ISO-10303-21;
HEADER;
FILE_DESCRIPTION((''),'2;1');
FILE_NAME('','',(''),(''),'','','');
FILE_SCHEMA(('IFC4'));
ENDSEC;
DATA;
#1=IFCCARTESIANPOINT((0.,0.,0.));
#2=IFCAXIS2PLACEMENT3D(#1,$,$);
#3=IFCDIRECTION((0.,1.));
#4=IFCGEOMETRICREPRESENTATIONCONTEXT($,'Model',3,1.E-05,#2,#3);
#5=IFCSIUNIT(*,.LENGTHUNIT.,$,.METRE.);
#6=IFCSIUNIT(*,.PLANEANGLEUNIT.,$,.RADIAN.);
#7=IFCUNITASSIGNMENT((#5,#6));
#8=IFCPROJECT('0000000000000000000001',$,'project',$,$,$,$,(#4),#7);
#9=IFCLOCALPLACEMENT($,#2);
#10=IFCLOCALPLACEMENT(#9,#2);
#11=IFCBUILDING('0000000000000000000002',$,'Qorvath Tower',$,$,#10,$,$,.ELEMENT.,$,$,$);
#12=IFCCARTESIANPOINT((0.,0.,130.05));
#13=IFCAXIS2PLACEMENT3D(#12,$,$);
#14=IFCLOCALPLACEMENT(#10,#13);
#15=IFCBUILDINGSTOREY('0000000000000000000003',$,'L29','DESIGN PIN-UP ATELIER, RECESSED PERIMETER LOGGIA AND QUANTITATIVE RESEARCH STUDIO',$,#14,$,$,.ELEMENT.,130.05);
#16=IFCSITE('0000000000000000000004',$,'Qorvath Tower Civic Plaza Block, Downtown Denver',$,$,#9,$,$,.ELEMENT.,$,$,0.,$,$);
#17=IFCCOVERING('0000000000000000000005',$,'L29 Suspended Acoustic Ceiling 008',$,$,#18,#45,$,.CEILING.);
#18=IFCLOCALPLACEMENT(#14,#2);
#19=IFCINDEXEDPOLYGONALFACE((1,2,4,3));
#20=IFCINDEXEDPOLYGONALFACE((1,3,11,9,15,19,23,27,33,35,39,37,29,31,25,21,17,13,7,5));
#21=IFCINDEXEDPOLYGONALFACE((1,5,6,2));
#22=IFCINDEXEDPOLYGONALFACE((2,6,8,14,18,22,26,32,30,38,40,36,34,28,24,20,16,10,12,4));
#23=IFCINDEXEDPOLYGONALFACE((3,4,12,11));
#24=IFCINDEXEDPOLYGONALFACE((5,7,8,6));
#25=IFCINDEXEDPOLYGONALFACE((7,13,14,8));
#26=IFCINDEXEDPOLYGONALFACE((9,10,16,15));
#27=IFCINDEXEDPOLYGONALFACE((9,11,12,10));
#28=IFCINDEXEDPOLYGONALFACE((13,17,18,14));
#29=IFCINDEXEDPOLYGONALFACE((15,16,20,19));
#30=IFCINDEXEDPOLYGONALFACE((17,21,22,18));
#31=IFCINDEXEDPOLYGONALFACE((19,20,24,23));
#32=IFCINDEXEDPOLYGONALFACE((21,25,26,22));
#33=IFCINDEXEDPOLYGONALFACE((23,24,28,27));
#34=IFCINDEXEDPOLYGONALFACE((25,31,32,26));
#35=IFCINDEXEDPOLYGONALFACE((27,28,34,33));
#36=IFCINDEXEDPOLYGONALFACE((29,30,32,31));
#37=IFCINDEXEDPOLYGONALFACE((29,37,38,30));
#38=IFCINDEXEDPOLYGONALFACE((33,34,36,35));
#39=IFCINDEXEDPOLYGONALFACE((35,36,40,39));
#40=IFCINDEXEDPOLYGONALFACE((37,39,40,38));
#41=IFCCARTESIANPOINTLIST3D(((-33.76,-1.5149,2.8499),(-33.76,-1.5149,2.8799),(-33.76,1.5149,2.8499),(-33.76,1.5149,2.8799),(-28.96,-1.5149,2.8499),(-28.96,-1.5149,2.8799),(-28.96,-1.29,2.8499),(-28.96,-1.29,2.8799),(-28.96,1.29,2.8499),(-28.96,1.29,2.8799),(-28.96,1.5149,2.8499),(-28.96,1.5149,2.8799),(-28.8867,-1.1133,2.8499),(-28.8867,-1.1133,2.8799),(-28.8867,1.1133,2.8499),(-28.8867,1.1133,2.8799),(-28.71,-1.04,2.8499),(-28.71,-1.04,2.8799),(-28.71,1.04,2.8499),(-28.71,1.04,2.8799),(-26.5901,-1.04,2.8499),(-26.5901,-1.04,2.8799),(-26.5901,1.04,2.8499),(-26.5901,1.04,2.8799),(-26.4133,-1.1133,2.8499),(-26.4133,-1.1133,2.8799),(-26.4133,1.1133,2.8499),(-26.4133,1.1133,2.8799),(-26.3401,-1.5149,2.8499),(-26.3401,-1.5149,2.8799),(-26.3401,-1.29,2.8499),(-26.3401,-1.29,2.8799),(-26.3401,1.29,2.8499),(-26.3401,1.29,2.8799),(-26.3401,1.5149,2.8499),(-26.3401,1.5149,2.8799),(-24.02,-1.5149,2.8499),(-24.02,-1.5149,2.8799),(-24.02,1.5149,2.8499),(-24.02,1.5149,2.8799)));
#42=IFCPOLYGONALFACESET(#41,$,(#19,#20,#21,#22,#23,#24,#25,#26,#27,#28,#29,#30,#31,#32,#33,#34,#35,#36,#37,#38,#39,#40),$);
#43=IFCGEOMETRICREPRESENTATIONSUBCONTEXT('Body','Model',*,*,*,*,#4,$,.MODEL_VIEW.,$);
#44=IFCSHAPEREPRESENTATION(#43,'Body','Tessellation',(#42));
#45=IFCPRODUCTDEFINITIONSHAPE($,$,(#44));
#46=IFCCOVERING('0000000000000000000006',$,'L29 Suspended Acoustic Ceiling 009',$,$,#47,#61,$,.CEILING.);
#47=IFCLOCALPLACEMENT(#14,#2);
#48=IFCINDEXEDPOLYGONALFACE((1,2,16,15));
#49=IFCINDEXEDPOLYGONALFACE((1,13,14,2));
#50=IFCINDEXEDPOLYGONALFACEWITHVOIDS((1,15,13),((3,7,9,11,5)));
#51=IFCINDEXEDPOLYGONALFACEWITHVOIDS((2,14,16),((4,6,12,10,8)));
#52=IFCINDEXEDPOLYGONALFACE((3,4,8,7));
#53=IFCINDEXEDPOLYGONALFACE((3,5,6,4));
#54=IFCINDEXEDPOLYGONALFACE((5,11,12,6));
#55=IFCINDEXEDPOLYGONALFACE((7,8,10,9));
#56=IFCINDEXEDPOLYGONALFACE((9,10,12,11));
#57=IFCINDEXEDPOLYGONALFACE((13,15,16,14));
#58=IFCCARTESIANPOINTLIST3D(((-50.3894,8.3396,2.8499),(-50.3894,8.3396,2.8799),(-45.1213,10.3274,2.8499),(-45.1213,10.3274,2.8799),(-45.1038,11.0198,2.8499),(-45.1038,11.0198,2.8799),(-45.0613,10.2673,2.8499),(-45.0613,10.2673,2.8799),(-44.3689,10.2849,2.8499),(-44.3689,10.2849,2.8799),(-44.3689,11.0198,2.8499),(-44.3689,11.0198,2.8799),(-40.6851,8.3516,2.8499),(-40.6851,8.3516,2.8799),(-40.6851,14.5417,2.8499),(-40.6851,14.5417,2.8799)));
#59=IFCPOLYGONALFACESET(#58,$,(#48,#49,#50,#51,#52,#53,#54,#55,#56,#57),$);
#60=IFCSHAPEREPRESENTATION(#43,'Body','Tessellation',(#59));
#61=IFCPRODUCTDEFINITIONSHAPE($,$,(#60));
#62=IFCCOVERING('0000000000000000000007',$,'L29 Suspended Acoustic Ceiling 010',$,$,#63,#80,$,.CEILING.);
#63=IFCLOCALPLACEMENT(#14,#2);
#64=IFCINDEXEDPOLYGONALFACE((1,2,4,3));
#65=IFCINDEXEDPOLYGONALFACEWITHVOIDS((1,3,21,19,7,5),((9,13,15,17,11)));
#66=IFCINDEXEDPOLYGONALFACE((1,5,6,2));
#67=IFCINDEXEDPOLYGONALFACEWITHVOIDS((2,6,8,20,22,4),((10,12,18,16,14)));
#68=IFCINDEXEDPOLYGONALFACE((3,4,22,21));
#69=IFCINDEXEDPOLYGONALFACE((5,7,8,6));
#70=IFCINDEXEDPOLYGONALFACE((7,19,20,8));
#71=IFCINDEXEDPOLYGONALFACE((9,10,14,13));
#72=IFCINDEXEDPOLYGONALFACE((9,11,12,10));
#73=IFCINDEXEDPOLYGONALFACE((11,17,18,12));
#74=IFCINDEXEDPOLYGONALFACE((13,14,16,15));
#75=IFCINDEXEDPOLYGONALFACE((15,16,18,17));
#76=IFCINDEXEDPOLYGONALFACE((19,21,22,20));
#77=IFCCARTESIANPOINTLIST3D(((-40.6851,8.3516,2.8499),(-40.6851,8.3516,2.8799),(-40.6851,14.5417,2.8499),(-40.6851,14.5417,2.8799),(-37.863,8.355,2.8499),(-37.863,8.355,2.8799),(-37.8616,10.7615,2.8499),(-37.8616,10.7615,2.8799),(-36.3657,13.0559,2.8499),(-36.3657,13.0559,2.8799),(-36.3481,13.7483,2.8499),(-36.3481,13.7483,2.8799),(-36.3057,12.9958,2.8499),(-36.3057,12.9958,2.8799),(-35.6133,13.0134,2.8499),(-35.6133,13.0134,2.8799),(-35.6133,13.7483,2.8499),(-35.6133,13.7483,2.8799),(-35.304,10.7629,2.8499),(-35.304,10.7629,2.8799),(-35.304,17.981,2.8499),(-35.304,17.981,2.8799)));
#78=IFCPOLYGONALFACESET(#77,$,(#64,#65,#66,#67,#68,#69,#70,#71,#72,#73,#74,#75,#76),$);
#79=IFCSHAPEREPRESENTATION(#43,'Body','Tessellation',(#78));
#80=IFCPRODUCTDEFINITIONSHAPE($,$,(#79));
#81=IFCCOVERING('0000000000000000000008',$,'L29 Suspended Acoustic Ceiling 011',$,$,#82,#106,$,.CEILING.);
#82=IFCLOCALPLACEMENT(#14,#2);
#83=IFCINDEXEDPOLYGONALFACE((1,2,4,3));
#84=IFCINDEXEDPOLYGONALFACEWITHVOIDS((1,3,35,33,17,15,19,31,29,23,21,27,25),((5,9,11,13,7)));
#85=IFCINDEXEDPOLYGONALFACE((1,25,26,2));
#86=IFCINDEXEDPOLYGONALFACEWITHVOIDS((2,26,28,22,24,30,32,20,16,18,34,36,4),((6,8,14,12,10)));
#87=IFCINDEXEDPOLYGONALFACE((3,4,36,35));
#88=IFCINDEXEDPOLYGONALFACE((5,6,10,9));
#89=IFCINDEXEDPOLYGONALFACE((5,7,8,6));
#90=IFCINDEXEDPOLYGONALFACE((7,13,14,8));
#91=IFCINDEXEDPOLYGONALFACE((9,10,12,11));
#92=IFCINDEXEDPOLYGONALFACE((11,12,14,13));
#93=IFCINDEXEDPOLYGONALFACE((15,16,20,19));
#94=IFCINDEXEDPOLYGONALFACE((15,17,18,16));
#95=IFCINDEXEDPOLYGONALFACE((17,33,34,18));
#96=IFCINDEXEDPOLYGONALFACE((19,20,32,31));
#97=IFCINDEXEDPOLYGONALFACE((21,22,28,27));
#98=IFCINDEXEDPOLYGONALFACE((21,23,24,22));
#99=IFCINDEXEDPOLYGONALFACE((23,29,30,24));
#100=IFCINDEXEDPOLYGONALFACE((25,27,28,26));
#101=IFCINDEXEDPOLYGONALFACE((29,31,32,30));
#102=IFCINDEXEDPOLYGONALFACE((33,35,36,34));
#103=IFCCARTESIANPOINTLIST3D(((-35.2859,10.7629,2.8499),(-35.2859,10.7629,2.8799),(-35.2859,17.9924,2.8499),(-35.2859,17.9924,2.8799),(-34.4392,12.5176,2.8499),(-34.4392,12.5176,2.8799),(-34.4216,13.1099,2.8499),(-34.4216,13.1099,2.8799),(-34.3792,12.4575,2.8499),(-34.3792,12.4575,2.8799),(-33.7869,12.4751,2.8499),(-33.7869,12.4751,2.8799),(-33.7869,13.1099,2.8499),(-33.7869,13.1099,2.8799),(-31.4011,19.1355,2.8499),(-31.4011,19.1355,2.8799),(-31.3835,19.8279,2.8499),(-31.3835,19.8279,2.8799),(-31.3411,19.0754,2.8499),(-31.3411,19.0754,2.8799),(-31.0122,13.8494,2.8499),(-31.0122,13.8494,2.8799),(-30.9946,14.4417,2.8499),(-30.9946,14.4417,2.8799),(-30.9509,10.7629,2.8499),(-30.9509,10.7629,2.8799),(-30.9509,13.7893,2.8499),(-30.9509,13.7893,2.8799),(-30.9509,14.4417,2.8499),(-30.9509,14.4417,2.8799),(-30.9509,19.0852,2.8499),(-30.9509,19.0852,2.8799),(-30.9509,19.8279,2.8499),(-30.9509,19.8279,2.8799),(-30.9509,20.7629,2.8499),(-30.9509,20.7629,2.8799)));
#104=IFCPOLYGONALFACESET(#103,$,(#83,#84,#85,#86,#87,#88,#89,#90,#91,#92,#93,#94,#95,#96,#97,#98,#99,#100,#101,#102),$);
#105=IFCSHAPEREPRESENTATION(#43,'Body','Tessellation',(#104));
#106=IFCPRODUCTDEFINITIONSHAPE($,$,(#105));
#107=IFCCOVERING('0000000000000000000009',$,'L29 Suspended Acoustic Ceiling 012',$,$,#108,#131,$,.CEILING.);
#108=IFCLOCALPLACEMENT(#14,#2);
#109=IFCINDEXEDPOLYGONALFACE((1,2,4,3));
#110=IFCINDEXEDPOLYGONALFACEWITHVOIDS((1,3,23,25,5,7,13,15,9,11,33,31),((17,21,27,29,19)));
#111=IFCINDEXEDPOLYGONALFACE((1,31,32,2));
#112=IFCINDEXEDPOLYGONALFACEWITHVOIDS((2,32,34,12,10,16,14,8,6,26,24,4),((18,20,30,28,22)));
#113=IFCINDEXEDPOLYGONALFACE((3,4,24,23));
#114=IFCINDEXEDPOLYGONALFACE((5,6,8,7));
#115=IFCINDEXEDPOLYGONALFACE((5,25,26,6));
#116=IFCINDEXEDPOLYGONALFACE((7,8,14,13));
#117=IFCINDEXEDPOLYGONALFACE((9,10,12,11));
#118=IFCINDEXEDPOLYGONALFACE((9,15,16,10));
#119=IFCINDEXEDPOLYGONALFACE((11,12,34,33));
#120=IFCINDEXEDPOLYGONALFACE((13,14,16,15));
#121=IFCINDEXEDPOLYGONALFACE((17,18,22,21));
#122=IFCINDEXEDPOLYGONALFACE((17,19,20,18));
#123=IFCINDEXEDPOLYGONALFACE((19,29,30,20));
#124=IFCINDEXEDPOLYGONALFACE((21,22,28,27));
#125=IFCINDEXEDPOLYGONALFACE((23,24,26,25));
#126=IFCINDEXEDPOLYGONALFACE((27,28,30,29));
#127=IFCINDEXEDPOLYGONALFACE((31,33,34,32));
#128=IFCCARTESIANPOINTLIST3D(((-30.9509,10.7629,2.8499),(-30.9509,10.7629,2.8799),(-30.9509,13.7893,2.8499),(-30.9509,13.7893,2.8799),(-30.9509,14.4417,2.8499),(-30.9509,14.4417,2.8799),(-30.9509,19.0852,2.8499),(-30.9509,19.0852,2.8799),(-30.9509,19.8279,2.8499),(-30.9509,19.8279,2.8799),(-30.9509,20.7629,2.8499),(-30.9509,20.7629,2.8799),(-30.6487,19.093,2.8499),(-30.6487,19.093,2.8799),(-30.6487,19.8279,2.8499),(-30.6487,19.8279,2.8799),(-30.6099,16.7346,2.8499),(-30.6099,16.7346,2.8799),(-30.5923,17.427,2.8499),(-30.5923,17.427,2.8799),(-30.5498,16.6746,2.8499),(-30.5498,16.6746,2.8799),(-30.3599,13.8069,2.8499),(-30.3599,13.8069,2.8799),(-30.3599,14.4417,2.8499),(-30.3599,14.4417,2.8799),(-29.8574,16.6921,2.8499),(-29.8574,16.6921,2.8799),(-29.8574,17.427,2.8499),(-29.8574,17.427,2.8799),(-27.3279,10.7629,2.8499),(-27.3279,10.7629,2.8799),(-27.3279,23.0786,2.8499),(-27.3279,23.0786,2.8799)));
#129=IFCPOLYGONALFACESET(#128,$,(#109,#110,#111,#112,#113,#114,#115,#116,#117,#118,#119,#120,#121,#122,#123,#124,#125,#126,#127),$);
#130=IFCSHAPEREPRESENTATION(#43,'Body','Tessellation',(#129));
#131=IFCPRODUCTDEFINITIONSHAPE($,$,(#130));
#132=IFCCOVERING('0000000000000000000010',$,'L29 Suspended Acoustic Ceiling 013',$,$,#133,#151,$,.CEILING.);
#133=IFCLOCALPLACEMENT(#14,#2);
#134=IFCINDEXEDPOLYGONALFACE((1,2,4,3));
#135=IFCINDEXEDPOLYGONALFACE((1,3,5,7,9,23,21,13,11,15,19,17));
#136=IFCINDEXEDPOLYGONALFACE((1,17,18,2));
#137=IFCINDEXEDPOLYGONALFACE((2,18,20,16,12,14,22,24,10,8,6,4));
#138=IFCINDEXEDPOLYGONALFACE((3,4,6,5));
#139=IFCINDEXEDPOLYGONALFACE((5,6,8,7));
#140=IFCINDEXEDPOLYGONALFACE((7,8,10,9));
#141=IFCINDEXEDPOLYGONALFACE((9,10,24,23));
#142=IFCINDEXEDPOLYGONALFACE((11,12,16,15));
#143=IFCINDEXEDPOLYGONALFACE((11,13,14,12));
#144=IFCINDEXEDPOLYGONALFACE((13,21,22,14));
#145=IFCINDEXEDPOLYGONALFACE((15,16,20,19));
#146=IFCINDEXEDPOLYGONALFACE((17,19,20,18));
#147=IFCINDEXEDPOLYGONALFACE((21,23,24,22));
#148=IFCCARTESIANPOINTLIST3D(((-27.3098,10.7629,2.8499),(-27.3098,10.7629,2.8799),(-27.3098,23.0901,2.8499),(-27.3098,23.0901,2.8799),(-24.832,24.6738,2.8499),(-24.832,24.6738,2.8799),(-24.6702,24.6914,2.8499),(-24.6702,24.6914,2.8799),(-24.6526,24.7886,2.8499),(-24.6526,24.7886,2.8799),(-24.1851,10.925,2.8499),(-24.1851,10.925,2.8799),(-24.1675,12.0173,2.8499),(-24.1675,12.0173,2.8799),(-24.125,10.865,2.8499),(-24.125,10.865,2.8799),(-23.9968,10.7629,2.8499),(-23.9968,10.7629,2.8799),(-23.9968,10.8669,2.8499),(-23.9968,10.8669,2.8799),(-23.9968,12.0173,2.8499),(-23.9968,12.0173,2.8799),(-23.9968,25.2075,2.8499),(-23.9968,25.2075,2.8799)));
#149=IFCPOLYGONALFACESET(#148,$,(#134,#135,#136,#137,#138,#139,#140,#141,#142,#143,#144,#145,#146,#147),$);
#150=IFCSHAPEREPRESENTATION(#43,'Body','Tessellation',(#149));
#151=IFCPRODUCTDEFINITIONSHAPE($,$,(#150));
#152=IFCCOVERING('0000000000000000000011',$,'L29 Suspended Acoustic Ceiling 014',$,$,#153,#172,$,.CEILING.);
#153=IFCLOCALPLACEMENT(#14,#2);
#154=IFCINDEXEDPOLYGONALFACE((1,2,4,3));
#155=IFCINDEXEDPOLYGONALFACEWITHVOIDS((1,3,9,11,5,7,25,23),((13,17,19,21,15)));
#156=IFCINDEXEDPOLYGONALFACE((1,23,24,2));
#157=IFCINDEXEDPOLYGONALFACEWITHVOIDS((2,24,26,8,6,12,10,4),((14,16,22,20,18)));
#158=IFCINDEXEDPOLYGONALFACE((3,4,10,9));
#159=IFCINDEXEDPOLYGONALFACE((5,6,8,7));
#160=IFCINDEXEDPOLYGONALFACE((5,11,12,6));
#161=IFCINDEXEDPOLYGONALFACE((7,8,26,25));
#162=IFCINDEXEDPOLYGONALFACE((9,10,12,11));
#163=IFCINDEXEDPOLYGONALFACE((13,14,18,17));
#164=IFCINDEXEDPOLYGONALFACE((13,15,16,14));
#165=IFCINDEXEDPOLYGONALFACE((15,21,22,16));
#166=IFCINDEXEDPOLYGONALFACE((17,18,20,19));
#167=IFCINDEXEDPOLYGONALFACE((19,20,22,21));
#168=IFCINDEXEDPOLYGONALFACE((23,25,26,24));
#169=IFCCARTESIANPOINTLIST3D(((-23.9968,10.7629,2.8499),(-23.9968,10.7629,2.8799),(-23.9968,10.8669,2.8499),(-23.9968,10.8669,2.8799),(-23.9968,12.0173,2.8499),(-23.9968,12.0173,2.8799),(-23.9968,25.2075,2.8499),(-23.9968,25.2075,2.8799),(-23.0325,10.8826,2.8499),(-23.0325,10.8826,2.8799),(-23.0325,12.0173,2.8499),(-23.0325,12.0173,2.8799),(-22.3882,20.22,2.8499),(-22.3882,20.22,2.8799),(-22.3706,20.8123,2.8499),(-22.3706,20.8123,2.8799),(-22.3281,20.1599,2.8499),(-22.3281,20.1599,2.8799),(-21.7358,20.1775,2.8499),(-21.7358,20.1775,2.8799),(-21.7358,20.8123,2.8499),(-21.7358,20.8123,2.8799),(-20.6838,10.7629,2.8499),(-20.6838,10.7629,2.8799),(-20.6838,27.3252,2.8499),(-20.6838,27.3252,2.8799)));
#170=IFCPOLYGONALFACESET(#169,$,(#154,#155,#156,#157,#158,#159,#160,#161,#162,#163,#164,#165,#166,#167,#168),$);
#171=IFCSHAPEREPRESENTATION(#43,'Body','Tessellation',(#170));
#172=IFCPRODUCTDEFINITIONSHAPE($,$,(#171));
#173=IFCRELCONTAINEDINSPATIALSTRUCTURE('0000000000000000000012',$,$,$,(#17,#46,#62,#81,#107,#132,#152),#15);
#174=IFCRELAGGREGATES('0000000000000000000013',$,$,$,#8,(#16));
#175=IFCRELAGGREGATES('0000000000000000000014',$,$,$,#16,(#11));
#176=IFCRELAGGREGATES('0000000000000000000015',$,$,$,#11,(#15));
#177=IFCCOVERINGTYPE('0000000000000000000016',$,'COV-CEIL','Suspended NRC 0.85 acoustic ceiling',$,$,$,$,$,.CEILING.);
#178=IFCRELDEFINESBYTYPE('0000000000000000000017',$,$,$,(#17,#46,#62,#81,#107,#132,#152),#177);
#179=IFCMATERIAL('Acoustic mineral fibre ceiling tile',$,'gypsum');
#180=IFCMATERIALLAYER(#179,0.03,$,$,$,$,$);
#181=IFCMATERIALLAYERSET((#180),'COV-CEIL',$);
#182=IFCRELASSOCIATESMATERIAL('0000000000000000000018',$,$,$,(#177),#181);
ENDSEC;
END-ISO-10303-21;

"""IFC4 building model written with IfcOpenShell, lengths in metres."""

from ifc_helpers import new_model, si_unit, direction, frame, origin, place, context, subcontext, project, spatial, polyline, outline, extrude, material, layer, layer_set, type_object, element, save


model = new_model("IFC4")

# Units and contexts
model_context = context("Model", 3, precision=1e-05, world=origin(), true_north=direction((0.0, 1.0)))
body_context = subcontext(model_context, "Body", "Model", "MODEL_VIEW")
ifc_project = project(units=[si_unit("LENGTHUNIT", "METRE"), si_unit("PLANEANGLEUNIT", "RADIAN")], contexts=[model_context])

# Site, building, storey
site_placement = place(None, origin())
site = spatial("IfcSite", under=ifc_project, at=site_placement, Name="Qorvath Tower Civic Plaza Block, Downtown Denver", CompositionType="ELEMENT", RefElevation=0.0)
building_placement = place(site_placement, origin())
building = spatial("IfcBuilding", under=site, at=building_placement, Name="Qorvath Tower", CompositionType="ELEMENT")
storey_placement = place(building_placement, frame((0.0, 0.0, 130.05)))
storey = spatial("IfcBuildingStorey", under=building, at=storey_placement, Name="L29", Description="DESIGN PIN-UP ATELIER, RECESSED PERIMETER LOGGIA AND QUANTITATIVE RESEARCH STUDIO", CompositionType="ELEMENT", Elevation=130.05)

# Coverings
ifc_material_1 = material(Name="Acoustic mineral fibre ceiling tile", Category="gypsum")
ifc_layer_1 = layer(ifc_material_1, 0.03)
ifc_layer_set_1 = layer_set([ifc_layer_1], Name="COV-CEIL")
covering_type_1 = type_object("IfcCoveringType", Name="COV-CEIL", Description="Suspended NRC 0.85 acoustic ceiling", PredefinedType="CEILING", material=ifc_layer_set_1)
covering_1_placement = place(storey_placement, frame((0.0, 0.0, 2.8499)))
element("IfcCovering", 1, at=covering_1_placement, inside=storey, type_object=covering_type_1, Name="L29 Suspended Acoustic Ceiling 008", PredefinedType="CEILING", context=body_context, shape_type="SweptSolid", body=[
    extrude(outline(polyline([(-24.02, -1.5149), (-24.02, 1.5149), (-26.3401, 1.5149), (-26.3401, 1.29), (-26.4133, 1.1133), (-26.5901, 1.04), (-28.71, 1.04), (-28.8867, 1.1133), (-28.96, 1.29), (-28.96, 1.5149), (-33.76, 1.5149), (-33.76, -1.5149), (-28.96, -1.5149), (-28.96, -1.29), (-28.8867, -1.1133), (-28.71, -1.04), (-26.5901, -1.04), (-26.4133, -1.1133), (-26.3401, -1.29), (-26.3401, -1.5149), (-24.02, -1.5149)])), origin(), (0.0, 0.0, 1.0), 0.03),
])
covering_2_placement = place(storey_placement, frame((0.0, 0.0, 2.8499)))
element("IfcCovering", 2, at=covering_2_placement, inside=storey, type_object=covering_type_1, Name="L29 Suspended Acoustic Ceiling 009", PredefinedType="CEILING", context=body_context, shape_type="SweptSolid", body=[
    extrude(outline(polyline([(-40.6851, 8.3516), (-40.6851, 14.5417), (-50.3894, 8.3396), (-40.6851, 8.3516)]), holes=[polyline([(-45.1213, 10.3274), (-45.1038, 11.0198), (-44.3689, 11.0198), (-44.3689, 10.2849), (-45.0613, 10.2673), (-45.1213, 10.3274)])]), origin(), (0.0, 0.0, 1.0), 0.03),
])
covering_3_placement = place(storey_placement, frame((0.0, 0.0, 2.8499)))
element("IfcCovering", 3, at=covering_3_placement, inside=storey, type_object=covering_type_1, Name="L29 Suspended Acoustic Ceiling 010", PredefinedType="CEILING", context=body_context, shape_type="SweptSolid", body=[
    extrude(outline(polyline([(-35.304, 17.981), (-40.6851, 14.5417), (-40.6851, 8.3516), (-37.863, 8.355), (-37.8616, 10.7615), (-35.304, 10.7629), (-35.304, 17.981)]), holes=[polyline([(-36.3657, 13.0559), (-36.3481, 13.7483), (-35.6133, 13.7483), (-35.6133, 13.0134), (-36.3057, 12.9958), (-36.3657, 13.0559)])]), origin(), (0.0, 0.0, 1.0), 0.03),
])
covering_4_placement = place(storey_placement, frame((0.0, 0.0, 2.8499)))
element("IfcCovering", 4, at=covering_4_placement, inside=storey, type_object=covering_type_1, Name="L29 Suspended Acoustic Ceiling 011", PredefinedType="CEILING", context=body_context, shape_type="SweptSolid", body=[
    extrude(outline(polyline([(-35.2859, 10.7629), (-30.9509, 10.7629), (-30.9509, 13.7893), (-31.0122, 13.8494), (-30.9946, 14.4417), (-30.9509, 14.4417), (-30.9509, 19.0852), (-31.3411, 19.0754), (-31.4011, 19.1355), (-31.3835, 19.8279), (-30.9509, 19.8279), (-30.9509, 20.7629), (-35.2859, 17.9924), (-35.2859, 10.7629)]), holes=[polyline([(-34.4392, 12.5176), (-34.4216, 13.1099), (-33.7869, 13.1099), (-33.7869, 12.4751), (-34.3792, 12.4575), (-34.4392, 12.5176)])]), origin(), (0.0, 0.0, 1.0), 0.03),
])
covering_5_placement = place(storey_placement, frame((0.0, 0.0, 2.8499)))
element("IfcCovering", 5, at=covering_5_placement, inside=storey, type_object=covering_type_1, Name="L29 Suspended Acoustic Ceiling 012", PredefinedType="CEILING", context=body_context, shape_type="SweptSolid", body=[
    extrude(outline(polyline([(-30.9509, 20.7629), (-30.9509, 19.8279), (-30.6487, 19.8279), (-30.6487, 19.093), (-30.9509, 19.0852), (-30.9509, 14.4417), (-30.3599, 14.4417), (-30.3599, 13.8069), (-30.9509, 13.7893), (-30.9509, 10.7629), (-27.3279, 10.7629), (-27.3279, 23.0786), (-30.9509, 20.7629)]), holes=[polyline([(-30.6099, 16.7346), (-30.5923, 17.427), (-29.8574, 17.427), (-29.8574, 16.6921), (-30.5498, 16.6746), (-30.6099, 16.7346)])]), origin(), (0.0, 0.0, 1.0), 0.03),
])
covering_6_placement = place(storey_placement, frame((0.0, 0.0, 2.8499)))
element("IfcCovering", 6, at=covering_6_placement, inside=storey, type_object=covering_type_1, Name="L29 Suspended Acoustic Ceiling 013", PredefinedType="CEILING", context=body_context, shape_type="SweptSolid", body=[
    extrude(outline(polyline([(-23.9968, 10.7629), (-23.9968, 10.8669), (-24.125, 10.865), (-24.1851, 10.925), (-24.1675, 12.0173), (-23.9968, 12.0173), (-23.9968, 25.2075), (-24.6526, 24.7886), (-24.6702, 24.6914), (-24.832, 24.6738), (-27.3098, 23.0901), (-27.3098, 10.7629), (-23.9968, 10.7629)])), origin(), (0.0, 0.0, 1.0), 0.03),
])
covering_7_placement = place(storey_placement, frame((0.0, 0.0, 2.8499)))
element("IfcCovering", 7, at=covering_7_placement, inside=storey, type_object=covering_type_1, Name="L29 Suspended Acoustic Ceiling 014", PredefinedType="CEILING", context=body_context, shape_type="SweptSolid", body=[
    extrude(outline(polyline([(-20.6838, 10.7629), (-20.6838, 27.3252), (-23.9968, 25.2075), (-23.9968, 12.0173), (-23.0325, 12.0173), (-23.0325, 10.8826), (-23.9968, 10.8669), (-23.9968, 10.7629), (-20.6838, 10.7629)]), holes=[polyline([(-22.3882, 20.22), (-22.3706, 20.8123), (-21.7358, 20.8123), (-21.7358, 20.1775), (-22.3281, 20.1599), (-22.3882, 20.22)])]), origin(), (0.0, 0.0, 1.0), 0.03),
])

save(model, "model.ifc")
